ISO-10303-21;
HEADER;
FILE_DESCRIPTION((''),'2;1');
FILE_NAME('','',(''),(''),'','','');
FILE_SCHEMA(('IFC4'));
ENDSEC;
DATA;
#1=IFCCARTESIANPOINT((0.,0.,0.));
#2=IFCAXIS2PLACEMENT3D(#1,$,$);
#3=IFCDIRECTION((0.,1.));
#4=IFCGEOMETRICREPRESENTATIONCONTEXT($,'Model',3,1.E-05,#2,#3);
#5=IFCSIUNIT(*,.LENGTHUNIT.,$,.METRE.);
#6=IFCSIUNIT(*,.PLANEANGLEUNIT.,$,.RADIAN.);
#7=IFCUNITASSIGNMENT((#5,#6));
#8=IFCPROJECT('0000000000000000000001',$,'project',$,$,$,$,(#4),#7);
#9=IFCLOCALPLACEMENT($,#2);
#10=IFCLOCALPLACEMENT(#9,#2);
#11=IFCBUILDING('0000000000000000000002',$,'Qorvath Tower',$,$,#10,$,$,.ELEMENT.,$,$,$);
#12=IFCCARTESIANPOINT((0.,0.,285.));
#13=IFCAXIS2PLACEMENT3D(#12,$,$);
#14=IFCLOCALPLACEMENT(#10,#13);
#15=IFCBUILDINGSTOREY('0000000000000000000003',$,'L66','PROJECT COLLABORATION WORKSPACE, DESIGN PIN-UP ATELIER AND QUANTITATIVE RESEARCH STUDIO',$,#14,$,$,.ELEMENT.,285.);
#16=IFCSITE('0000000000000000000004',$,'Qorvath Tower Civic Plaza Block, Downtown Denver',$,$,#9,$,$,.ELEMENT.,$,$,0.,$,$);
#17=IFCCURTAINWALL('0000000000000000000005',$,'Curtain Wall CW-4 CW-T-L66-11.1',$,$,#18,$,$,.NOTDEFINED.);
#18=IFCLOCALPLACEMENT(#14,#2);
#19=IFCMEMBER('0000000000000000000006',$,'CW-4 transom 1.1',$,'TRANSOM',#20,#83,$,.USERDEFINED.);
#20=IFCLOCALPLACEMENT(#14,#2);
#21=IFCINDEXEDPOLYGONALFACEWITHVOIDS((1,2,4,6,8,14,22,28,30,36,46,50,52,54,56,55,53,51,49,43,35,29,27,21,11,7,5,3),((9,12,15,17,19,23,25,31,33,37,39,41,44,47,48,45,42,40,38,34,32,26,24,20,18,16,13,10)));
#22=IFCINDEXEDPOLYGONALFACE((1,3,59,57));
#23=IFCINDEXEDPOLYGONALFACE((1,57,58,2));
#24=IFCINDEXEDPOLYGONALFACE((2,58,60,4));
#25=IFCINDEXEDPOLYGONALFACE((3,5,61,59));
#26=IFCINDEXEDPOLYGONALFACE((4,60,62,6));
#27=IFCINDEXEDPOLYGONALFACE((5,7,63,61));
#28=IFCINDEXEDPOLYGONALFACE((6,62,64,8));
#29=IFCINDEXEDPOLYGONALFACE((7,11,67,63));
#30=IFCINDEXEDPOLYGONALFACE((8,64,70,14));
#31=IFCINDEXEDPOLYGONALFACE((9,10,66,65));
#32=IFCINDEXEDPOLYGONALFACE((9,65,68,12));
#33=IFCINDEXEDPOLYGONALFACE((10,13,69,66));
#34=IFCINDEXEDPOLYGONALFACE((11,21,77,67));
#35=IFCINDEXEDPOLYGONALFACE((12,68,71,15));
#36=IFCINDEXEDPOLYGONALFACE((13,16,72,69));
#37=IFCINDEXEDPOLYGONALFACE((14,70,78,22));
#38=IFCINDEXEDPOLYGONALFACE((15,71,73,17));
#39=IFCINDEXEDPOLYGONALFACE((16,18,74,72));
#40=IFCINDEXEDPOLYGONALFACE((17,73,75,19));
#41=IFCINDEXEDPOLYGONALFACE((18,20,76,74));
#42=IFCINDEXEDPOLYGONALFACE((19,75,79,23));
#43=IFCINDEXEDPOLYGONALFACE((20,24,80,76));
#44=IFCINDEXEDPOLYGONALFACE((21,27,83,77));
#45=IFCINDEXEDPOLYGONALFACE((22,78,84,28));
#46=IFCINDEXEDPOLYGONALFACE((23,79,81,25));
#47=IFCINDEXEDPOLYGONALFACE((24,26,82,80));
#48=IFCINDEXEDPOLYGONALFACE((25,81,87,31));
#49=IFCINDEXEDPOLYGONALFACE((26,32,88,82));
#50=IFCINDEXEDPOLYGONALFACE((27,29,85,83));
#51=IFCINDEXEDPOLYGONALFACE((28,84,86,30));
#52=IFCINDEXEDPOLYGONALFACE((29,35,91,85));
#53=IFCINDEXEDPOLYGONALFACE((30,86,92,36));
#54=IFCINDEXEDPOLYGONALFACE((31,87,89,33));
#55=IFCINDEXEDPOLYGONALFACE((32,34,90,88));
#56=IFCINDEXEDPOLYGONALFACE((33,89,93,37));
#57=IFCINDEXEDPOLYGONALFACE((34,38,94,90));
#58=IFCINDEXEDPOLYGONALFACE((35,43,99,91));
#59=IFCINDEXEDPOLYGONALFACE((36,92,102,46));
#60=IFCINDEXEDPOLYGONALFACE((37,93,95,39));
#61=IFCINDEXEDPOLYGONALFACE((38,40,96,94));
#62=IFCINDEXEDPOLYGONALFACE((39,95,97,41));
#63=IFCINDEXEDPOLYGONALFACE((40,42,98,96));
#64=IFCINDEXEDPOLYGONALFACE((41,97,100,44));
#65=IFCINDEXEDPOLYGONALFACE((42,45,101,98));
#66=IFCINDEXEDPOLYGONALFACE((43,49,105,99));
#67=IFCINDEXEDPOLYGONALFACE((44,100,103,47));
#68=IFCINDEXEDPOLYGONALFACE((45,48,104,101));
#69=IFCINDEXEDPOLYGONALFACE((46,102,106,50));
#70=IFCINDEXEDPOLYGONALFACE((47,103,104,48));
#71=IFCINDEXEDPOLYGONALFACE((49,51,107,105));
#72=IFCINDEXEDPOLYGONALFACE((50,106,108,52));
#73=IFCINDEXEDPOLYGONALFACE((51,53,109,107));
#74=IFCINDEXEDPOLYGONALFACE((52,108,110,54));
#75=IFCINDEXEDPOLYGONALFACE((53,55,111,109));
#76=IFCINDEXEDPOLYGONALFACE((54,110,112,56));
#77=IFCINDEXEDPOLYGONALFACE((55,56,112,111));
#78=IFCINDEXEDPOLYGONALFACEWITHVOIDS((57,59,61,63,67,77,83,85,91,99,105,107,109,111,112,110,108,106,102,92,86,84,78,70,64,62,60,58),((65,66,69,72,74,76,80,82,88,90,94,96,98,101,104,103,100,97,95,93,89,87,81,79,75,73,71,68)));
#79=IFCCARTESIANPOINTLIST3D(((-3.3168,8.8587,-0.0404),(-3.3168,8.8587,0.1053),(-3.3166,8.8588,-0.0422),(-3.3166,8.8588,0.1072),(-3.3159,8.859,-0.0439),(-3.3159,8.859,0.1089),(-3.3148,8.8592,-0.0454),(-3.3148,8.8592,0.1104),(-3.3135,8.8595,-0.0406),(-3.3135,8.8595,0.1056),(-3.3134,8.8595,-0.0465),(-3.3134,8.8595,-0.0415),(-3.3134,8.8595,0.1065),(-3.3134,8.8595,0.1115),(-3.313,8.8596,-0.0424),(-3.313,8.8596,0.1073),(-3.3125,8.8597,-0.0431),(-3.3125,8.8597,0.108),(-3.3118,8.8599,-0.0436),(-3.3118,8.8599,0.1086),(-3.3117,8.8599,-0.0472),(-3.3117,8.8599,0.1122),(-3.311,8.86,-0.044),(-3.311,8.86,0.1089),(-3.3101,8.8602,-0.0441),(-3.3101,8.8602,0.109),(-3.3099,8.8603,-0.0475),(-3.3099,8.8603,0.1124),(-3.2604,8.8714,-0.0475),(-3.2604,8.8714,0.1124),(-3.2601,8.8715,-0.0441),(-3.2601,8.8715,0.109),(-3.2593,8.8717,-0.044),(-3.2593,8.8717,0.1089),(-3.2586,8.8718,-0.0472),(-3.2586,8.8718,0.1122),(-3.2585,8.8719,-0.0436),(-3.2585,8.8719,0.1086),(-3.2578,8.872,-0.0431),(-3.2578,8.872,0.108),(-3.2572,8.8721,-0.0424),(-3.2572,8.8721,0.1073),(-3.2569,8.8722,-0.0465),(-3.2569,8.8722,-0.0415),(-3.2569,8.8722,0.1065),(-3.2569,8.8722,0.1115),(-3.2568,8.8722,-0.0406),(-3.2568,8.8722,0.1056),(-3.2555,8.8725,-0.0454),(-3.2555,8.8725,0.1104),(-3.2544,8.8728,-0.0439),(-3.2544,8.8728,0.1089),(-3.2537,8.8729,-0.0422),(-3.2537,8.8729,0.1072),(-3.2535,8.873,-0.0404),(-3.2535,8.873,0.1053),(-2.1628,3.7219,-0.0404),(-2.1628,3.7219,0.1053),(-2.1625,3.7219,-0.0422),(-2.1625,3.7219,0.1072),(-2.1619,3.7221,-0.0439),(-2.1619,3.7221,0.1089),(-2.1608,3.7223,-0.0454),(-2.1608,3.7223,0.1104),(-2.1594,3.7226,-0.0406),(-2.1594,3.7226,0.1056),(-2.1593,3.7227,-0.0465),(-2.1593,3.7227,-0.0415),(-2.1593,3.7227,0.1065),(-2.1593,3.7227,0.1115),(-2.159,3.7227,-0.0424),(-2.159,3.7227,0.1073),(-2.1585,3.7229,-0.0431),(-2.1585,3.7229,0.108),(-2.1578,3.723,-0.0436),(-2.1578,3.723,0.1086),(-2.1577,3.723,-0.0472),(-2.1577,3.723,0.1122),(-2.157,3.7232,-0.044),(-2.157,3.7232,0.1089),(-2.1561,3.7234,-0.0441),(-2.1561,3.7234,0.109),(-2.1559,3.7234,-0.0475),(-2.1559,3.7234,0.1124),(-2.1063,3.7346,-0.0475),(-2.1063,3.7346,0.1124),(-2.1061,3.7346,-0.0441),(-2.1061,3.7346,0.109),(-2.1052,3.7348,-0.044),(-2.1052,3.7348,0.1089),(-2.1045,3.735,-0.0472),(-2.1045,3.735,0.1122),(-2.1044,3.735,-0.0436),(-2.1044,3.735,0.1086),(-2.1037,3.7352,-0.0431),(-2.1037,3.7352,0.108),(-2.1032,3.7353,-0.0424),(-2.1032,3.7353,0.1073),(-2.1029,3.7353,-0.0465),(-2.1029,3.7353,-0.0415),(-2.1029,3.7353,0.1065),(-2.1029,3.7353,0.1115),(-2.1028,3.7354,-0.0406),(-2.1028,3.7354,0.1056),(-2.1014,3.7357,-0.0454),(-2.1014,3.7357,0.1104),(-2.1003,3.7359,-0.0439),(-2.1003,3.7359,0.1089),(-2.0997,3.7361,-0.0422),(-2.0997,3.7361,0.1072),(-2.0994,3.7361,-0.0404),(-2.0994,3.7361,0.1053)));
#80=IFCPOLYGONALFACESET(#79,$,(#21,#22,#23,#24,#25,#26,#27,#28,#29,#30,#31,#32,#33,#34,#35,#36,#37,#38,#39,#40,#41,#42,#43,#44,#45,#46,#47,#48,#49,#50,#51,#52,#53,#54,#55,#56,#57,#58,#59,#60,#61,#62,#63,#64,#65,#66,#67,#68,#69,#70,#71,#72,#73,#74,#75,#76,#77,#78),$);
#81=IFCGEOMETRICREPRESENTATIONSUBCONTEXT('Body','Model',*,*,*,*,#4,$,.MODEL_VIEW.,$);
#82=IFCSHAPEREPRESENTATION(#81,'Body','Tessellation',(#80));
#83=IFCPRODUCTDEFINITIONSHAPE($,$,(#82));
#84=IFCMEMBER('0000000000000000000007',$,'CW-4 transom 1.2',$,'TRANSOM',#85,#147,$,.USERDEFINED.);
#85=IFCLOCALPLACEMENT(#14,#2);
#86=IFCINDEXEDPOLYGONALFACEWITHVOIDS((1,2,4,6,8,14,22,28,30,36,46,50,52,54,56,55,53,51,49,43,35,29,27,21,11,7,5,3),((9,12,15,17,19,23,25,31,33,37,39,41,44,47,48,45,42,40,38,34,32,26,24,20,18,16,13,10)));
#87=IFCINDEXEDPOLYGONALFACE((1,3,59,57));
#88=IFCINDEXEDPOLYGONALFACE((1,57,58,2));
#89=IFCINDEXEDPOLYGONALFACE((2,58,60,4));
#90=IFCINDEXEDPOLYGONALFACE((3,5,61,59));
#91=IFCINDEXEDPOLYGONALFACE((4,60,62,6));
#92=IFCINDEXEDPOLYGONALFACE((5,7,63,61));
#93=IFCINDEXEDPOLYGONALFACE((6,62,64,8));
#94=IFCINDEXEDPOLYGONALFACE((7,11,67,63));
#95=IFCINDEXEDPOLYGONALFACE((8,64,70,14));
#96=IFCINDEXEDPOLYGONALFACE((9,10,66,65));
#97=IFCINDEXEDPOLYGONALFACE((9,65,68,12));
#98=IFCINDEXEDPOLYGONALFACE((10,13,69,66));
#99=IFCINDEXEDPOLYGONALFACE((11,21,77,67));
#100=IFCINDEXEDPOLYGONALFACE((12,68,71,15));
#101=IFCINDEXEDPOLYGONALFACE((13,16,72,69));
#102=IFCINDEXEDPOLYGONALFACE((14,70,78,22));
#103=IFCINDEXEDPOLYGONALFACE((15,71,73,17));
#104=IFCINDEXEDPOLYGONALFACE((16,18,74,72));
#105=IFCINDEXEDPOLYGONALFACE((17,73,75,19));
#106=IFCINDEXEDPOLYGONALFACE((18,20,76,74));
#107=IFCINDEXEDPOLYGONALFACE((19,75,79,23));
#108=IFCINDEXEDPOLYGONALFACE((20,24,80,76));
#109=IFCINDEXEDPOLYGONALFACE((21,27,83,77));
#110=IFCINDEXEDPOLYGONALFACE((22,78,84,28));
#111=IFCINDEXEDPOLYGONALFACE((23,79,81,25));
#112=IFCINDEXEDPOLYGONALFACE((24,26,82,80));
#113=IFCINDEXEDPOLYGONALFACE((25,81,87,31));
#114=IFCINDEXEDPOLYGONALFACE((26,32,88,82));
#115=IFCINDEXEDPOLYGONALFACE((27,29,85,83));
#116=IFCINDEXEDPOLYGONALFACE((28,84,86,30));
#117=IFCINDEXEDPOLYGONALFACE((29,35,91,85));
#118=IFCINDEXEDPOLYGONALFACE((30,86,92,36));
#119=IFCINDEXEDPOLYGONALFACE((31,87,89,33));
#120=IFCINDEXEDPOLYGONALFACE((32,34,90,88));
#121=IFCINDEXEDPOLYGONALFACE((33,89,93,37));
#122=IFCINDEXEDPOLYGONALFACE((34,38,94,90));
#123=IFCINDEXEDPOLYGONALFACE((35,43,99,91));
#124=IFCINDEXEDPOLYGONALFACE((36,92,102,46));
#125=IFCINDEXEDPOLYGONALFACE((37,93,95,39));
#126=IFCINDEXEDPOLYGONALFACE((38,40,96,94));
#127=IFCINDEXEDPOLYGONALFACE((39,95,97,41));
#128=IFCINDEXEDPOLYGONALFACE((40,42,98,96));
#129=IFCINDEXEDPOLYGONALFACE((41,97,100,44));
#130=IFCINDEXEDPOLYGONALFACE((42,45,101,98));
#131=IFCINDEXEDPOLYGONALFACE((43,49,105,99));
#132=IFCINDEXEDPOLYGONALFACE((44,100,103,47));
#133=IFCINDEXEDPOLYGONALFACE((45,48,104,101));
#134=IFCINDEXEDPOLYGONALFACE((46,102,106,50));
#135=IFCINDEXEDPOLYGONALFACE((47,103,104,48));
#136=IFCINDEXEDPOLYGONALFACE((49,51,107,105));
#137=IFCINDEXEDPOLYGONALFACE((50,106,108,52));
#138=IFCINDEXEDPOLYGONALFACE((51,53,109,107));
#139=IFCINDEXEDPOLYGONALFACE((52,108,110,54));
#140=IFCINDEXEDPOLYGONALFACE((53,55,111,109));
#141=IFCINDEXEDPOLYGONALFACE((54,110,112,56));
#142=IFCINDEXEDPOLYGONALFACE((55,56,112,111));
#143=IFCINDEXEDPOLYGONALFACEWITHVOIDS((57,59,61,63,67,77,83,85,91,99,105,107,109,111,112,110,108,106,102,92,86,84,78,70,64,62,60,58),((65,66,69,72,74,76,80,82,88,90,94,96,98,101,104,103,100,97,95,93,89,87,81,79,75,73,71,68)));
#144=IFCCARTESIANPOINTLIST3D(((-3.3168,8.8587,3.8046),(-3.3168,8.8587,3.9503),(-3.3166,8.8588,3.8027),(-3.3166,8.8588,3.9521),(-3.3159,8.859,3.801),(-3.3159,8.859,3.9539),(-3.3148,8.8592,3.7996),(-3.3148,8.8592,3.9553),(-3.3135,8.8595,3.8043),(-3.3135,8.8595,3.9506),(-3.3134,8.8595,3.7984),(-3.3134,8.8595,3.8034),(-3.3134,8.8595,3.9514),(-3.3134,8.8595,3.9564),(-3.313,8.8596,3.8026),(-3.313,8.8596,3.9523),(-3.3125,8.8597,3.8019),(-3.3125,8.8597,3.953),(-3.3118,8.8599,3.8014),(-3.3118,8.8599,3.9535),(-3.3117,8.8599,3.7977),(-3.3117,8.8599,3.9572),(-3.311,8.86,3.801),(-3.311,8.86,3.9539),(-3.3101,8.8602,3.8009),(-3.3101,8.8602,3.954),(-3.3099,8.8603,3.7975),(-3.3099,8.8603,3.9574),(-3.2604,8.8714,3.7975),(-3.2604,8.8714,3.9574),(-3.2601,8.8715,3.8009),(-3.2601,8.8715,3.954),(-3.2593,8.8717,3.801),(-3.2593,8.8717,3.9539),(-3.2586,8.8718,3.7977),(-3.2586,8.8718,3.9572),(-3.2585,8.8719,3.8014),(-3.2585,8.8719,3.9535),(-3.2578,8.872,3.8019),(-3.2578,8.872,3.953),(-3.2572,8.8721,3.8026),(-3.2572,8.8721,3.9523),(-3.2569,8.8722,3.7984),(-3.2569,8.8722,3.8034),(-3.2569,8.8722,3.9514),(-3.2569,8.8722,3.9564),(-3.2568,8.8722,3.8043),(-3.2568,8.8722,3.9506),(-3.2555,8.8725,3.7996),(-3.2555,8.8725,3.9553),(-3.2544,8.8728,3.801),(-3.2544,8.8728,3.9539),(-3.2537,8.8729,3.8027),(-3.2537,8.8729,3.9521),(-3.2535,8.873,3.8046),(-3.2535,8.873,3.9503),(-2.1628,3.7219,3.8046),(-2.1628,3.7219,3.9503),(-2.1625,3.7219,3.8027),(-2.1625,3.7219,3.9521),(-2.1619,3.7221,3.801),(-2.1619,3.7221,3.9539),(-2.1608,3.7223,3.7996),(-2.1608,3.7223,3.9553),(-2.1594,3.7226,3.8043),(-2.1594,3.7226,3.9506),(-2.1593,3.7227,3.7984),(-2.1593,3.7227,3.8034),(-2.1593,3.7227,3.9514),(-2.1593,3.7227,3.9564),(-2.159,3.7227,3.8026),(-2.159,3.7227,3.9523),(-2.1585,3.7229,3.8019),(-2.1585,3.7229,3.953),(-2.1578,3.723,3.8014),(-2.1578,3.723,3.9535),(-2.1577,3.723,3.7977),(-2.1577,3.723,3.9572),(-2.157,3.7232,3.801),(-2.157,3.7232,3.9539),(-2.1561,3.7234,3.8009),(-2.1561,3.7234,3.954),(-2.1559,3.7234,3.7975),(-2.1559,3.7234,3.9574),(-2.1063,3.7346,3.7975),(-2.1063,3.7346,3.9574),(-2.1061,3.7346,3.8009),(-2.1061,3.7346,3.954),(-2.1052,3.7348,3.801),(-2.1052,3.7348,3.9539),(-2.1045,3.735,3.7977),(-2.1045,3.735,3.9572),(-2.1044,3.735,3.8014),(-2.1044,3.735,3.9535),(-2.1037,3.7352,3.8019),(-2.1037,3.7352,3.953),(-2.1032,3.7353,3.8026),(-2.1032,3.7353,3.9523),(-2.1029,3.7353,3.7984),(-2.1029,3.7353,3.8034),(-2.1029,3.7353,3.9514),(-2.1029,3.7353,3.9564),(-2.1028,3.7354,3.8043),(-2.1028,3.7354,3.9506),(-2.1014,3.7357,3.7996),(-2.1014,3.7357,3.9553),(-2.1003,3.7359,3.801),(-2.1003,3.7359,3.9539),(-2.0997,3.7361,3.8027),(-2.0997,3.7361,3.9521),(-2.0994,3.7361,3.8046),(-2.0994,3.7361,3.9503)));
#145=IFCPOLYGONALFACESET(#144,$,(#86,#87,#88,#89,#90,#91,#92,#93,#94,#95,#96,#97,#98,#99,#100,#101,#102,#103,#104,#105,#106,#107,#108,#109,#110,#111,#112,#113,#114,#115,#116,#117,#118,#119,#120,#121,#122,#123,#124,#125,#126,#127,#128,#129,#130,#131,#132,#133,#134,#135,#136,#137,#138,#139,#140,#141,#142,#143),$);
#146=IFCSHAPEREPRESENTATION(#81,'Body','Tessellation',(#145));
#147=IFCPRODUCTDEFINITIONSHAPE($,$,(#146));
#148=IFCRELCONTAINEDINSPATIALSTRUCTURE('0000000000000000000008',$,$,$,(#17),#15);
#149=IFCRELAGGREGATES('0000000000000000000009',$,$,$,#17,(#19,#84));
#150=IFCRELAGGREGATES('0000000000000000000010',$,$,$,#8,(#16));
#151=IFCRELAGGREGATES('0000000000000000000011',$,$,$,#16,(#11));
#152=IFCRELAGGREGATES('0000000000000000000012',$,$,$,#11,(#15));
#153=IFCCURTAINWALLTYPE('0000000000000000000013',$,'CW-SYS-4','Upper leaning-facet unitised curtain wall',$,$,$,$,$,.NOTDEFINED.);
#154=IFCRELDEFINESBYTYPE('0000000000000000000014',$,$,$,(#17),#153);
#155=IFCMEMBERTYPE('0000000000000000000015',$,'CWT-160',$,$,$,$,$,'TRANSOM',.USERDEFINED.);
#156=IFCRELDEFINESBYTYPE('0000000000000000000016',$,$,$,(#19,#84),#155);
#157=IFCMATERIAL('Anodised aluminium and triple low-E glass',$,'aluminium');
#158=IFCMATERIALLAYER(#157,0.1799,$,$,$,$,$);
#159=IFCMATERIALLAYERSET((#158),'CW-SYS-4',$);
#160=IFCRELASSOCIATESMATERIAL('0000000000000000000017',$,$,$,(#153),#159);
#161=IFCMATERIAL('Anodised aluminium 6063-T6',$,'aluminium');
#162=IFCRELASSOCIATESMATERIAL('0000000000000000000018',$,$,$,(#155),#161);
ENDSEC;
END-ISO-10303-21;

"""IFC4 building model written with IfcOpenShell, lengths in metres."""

from ifc_helpers import new_model, si_unit, direction, frame, origin, origin_2d, place, context, subcontext, project, spatial, hollow_rectangle, extrude, material, layer, layer_set, material_profile, profile_set, type_object, element, aggregate, save


model = new_model("IFC4")

# Units and contexts
model_context = context("Model", 3, precision=1e-05, world=origin(), true_north=direction((0.0, 1.0)))
body_context = subcontext(model_context, "Body", "Model", "MODEL_VIEW")
ifc_project = project(units=[si_unit("LENGTHUNIT", "METRE"), si_unit("PLANEANGLEUNIT", "RADIAN")], contexts=[model_context])

# Site, building, storey
site_placement = place(None, origin())
site = spatial("IfcSite", under=ifc_project, at=site_placement, Name="Qorvath Tower Civic Plaza Block, Downtown Denver", CompositionType="ELEMENT", RefElevation=0.0)
building_placement = place(site_placement, origin())
building = spatial("IfcBuilding", under=site, at=building_placement, Name="Qorvath Tower", CompositionType="ELEMENT")
storey_placement = place(building_placement, frame((0.0, 0.0, 285.0)))
storey = spatial("IfcBuildingStorey", under=building, at=storey_placement, Name="L66", Description="PROJECT COLLABORATION WORKSPACE, DESIGN PIN-UP ATELIER AND QUANTITATIVE RESEARCH STUDIO", CompositionType="ELEMENT", Elevation=285.0)

# Curtain wall
ifc_material_1 = material(Name="Anodised aluminium and triple low-E glass", Category="aluminium")
ifc_layer_1 = layer(ifc_material_1, 0.1799)
ifc_layer_set_1 = layer_set([ifc_layer_1], Name="CW-SYS-4")
curtain_wall_type = type_object("IfcCurtainWallType", Name="CW-SYS-4", Description="Upper leaning-facet unitised curtain wall", PredefinedType="NOTDEFINED", material=ifc_layer_set_1)
curtain_wall_1_placement = place(storey_placement, origin())
curtain_wall_1 = element("IfcCurtainWall", 1, at=curtain_wall_1_placement, inside=storey, type_object=curtain_wall_type, Name="Curtain Wall CW-4 CW-T-L66-11.1", PredefinedType="NOTDEFINED")

# Members
ifc_material_2 = material(Name="Anodised aluminium 6063-T6", Category="aluminium")
ifc_material_profile_1 = material_profile(ifc_material_2, hollow_rectangle(XDim=0.0649, YDim=0.1599, WallThickness=0.0034, InnerFilletRadius=0.0034, OuterFilletRadius=0.0071, at=origin_2d()), Name="CWT 160x65")
ifc_profile_set_1 = profile_set([ifc_material_profile_1], Name="Anodised aluminium 6063-T6")
member_type_1 = type_object("IfcMemberType", Name="CWT-160", ElementType="TRANSOM", PredefinedType="USERDEFINED", material=ifc_profile_set_1)
member_1_placement = place(storey_placement, frame((-2.1311, 3.729, 0.0325), z_axis=(-0.219193, 0.975681, 0.0), x_axis=(-0.975681, -0.219193, 0.0)))
member_1 = element("IfcMember", 2, at=member_1_placement, type_object=member_type_1, Name="CW-4 transom 1.1", ObjectType="TRANSOM", PredefinedType="USERDEFINED", context=body_context, shape_type="SweptSolid", body=[
    extrude(hollow_rectangle(XDim=0.0649, YDim=0.1599, WallThickness=0.0034, InnerFilletRadius=0.0034, OuterFilletRadius=0.0071, at=origin_2d()), origin(), (0.0, 0.0, 1.0), 5.2649),
])
member_2_placement = place(storey_placement, frame((-2.1311, 3.729, 3.8774), z_axis=(-0.219193, 0.975681, 0.0), x_axis=(-0.975681, -0.219193, 0.0)))
member_2 = element("IfcMember", 3, at=member_2_placement, type_object=member_type_1, Name="CW-4 transom 1.2", ObjectType="TRANSOM", PredefinedType="USERDEFINED", context=body_context, shape_type="SweptSolid", body=[
    extrude(hollow_rectangle(XDim=0.0649, YDim=0.1599, WallThickness=0.0034, InnerFilletRadius=0.0034, OuterFilletRadius=0.0071, at=origin_2d()), origin(), (0.0, 0.0, 1.0), 5.2649),
])

aggregate(curtain_wall_1, [member_1, member_2])

save(model, "model.ifc")
